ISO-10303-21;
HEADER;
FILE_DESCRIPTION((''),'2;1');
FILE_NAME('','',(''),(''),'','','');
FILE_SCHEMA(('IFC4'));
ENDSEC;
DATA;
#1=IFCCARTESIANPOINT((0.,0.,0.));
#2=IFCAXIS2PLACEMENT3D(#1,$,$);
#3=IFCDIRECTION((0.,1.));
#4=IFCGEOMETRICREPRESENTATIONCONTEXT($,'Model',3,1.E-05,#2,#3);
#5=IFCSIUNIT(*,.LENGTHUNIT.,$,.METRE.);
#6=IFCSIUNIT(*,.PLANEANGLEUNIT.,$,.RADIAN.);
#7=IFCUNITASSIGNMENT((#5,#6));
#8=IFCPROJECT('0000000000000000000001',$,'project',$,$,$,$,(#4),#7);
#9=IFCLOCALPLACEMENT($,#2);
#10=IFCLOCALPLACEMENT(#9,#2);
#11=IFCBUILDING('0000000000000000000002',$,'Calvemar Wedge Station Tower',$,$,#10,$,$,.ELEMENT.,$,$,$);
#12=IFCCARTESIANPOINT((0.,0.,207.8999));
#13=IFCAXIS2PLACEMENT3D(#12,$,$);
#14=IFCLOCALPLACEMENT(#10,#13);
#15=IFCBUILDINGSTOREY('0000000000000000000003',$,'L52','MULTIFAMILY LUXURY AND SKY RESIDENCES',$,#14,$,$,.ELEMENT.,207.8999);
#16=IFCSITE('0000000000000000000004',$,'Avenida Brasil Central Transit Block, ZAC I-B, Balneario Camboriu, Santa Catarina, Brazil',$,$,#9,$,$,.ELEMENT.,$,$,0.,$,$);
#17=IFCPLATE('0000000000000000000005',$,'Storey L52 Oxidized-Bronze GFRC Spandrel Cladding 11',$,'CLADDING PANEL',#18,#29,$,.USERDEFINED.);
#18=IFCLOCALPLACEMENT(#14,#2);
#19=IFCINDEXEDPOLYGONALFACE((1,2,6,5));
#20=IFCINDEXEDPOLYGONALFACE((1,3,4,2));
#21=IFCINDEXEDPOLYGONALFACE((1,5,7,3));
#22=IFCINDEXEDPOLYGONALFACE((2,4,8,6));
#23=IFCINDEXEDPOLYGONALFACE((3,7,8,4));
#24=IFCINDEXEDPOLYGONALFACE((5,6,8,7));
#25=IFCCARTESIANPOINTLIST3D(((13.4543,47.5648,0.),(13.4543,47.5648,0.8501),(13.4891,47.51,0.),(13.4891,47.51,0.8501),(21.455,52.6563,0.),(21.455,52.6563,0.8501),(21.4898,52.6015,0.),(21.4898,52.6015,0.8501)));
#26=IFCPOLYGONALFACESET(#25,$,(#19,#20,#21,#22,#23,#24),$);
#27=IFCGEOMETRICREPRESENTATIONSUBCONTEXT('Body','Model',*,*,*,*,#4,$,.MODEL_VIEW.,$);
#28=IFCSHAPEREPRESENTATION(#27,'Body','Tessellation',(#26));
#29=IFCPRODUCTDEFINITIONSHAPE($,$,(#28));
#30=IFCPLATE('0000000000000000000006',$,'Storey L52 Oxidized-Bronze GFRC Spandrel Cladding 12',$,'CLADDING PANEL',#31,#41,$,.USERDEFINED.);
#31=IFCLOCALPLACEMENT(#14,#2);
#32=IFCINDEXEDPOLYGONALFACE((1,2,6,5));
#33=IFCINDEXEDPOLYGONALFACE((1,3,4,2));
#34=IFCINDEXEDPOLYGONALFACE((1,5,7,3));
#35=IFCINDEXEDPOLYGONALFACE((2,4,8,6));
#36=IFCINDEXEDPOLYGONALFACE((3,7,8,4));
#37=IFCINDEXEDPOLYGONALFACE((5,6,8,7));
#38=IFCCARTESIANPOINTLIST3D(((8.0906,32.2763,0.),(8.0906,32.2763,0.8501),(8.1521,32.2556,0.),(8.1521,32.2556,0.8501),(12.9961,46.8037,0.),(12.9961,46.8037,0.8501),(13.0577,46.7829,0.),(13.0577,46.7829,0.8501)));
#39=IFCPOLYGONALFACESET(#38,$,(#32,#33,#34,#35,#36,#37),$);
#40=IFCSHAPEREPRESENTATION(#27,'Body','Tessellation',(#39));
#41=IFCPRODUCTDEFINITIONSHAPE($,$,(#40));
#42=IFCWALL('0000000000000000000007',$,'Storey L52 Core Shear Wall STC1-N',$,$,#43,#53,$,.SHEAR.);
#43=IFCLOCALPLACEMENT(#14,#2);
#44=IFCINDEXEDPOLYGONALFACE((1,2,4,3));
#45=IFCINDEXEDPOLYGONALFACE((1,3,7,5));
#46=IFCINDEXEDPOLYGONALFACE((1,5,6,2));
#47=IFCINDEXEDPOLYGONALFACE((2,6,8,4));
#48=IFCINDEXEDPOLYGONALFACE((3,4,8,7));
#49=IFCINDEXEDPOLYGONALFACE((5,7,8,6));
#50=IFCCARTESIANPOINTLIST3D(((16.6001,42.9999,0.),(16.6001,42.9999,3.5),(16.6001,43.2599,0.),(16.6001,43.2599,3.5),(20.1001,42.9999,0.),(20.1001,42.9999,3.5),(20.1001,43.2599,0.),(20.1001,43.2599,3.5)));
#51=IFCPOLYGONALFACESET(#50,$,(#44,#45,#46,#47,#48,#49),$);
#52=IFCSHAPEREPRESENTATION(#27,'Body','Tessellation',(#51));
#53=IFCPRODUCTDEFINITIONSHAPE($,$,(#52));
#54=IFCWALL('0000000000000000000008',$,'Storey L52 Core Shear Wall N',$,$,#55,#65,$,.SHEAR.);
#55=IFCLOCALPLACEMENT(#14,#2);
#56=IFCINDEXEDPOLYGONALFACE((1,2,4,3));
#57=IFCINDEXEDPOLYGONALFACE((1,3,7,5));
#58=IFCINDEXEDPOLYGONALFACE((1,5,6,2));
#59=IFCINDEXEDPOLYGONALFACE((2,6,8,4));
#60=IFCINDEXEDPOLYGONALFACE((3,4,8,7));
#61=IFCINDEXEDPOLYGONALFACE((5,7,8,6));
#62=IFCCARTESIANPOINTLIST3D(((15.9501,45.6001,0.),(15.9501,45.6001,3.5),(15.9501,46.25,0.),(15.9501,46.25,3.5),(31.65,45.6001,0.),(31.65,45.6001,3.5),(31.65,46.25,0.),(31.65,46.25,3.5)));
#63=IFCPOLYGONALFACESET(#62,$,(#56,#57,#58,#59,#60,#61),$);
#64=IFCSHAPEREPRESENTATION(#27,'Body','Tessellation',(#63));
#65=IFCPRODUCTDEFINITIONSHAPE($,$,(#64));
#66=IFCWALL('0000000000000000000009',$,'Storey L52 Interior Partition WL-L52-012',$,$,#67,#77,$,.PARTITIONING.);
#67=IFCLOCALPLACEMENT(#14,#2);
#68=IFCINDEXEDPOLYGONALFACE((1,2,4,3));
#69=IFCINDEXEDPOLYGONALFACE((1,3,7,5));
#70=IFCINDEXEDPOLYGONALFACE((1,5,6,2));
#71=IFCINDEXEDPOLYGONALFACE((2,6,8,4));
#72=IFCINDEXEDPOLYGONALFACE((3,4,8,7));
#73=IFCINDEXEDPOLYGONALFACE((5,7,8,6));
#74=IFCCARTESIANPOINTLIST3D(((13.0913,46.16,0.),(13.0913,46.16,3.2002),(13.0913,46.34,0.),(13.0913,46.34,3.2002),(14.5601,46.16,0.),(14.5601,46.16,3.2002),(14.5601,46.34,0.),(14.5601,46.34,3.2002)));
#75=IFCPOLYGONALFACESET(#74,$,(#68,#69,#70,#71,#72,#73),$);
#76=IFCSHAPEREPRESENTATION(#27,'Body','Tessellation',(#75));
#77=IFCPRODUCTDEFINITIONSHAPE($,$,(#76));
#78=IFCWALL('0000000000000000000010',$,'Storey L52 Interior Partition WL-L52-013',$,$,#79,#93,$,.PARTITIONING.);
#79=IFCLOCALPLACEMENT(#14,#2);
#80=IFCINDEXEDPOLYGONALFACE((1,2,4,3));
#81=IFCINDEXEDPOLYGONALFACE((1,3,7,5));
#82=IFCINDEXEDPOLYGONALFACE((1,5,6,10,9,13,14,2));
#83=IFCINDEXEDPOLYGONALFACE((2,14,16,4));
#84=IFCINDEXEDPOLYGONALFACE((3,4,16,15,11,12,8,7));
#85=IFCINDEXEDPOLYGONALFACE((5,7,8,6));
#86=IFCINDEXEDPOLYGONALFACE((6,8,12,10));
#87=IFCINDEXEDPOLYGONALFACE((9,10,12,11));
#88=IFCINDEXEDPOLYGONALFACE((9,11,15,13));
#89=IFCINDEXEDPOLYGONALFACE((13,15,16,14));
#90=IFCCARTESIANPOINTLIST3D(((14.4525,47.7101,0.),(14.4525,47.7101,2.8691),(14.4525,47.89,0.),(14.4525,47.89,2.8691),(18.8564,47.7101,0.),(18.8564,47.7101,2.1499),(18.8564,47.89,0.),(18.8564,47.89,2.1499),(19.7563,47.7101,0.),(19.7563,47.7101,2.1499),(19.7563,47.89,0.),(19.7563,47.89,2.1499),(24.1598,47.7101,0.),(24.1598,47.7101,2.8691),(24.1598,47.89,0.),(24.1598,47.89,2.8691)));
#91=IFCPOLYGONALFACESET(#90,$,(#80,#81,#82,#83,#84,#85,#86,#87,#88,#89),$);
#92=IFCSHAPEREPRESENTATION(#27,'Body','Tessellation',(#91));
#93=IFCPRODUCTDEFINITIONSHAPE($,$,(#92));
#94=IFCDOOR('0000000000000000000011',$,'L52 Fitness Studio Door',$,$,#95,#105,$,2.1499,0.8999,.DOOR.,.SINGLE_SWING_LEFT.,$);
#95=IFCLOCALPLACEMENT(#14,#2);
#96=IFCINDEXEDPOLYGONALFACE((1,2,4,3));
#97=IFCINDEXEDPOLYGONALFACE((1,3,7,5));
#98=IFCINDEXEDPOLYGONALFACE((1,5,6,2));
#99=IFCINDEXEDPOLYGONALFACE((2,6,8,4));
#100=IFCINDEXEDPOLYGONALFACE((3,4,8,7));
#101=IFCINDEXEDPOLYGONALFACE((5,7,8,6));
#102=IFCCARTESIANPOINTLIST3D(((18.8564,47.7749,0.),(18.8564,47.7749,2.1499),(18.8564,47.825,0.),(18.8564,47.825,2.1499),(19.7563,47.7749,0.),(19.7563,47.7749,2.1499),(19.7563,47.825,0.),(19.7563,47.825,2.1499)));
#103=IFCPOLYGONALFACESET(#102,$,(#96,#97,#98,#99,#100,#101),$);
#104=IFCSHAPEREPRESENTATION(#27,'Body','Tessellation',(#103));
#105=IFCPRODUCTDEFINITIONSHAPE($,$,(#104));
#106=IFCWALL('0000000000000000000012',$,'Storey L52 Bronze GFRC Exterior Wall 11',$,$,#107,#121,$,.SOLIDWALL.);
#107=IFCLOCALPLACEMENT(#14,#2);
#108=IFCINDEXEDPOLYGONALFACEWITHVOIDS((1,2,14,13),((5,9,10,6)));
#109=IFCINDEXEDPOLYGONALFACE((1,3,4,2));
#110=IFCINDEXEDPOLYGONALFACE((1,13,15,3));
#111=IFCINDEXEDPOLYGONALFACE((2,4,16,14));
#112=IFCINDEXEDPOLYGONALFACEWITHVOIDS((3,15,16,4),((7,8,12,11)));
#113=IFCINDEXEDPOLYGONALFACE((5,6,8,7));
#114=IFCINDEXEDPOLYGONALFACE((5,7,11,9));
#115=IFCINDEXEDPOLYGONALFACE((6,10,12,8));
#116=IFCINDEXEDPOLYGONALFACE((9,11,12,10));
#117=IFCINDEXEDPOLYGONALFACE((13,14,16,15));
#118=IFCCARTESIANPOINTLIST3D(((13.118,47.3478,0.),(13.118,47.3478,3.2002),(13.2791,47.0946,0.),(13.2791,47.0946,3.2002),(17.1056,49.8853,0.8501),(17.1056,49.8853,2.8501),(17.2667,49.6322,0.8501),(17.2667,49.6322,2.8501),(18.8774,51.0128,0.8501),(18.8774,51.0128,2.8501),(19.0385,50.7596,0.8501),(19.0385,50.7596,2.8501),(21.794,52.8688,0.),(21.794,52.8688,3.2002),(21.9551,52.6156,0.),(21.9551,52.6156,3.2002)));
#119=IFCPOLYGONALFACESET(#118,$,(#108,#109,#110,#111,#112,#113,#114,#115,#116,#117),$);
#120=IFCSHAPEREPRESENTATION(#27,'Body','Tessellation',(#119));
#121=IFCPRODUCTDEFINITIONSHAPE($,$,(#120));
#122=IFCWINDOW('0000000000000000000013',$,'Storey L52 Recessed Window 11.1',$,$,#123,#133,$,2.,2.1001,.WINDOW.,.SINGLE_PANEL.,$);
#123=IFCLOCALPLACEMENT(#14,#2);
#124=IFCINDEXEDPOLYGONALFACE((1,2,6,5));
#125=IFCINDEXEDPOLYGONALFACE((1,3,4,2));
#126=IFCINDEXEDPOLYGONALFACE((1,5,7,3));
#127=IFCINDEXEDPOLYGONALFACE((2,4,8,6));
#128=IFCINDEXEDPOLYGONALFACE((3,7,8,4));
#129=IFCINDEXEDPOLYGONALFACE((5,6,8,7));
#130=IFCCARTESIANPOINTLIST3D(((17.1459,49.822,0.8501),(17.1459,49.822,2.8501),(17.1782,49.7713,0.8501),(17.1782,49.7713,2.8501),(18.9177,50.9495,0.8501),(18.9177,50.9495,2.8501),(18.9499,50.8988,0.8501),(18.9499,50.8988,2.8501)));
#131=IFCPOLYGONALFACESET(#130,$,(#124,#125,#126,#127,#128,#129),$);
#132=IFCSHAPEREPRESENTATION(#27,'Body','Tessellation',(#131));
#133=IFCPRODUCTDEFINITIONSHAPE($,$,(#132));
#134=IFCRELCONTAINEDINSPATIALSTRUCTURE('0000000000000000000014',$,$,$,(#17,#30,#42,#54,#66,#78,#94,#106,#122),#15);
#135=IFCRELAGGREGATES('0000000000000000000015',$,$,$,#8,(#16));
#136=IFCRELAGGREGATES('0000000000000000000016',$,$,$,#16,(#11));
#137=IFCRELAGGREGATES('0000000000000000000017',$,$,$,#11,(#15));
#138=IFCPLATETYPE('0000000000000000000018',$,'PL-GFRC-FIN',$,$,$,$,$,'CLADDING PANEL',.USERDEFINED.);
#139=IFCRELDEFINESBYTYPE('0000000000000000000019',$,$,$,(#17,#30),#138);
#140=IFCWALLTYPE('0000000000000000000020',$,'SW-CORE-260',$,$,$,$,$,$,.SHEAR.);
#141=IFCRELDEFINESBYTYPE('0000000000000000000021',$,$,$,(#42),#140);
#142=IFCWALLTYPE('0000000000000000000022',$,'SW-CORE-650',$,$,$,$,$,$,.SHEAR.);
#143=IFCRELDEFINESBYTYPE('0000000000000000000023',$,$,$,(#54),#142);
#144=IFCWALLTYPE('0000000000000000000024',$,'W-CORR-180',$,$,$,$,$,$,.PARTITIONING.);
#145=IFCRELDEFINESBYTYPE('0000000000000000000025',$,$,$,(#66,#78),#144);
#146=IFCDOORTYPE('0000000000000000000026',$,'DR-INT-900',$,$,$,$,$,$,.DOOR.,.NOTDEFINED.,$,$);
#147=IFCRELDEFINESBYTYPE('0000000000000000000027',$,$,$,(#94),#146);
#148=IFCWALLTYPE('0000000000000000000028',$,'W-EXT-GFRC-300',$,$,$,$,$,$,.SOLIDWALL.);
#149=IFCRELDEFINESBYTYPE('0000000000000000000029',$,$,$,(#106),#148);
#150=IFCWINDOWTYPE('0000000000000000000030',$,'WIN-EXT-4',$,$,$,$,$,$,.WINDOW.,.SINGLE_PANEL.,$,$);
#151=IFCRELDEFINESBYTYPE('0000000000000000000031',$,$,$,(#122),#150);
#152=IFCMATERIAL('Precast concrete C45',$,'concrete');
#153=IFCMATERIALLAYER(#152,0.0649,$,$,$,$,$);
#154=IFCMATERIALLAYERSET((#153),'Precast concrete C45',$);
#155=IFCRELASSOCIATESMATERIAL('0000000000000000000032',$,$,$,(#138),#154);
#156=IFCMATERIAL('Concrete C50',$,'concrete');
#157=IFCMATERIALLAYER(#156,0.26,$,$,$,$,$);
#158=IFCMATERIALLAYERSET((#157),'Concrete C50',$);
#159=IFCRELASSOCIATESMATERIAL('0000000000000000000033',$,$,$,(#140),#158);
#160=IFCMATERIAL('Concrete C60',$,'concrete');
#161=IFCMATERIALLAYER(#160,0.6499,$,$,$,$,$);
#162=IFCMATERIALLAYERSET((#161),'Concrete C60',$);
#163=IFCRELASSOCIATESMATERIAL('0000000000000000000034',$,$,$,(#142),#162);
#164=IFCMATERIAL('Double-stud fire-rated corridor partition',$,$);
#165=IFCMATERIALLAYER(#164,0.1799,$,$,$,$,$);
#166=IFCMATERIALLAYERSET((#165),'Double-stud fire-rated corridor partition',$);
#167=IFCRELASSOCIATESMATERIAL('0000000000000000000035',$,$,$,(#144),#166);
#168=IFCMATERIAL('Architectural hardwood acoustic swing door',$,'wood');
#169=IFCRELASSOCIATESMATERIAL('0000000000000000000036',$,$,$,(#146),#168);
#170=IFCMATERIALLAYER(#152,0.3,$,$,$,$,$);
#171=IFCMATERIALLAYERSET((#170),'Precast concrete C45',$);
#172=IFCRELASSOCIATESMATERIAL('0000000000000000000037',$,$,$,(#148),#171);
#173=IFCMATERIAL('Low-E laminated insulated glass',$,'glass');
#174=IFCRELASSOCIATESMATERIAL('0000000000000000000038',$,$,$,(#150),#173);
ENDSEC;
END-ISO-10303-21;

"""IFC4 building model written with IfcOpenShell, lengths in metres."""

from ifc_helpers import new_model, si_unit, direction, frame, frame_2d, origin, place, context, subcontext, project, spatial, rectangle, extrude, source, transform, mapped, material, layer, layer_set, type_object, element, fill, save


model = new_model("IFC4")

# Units and contexts
model_context = context("Model", 3, precision=1e-05, world=origin(), true_north=direction((0.0, 1.0)))
body_context = subcontext(model_context, "Body", "Model", "MODEL_VIEW")
ifc_project = project(units=[si_unit("LENGTHUNIT", "METRE"), si_unit("PLANEANGLEUNIT", "RADIAN")], contexts=[model_context])

# Site, building, storey
site_placement = place(None, origin())
site = spatial("IfcSite", under=ifc_project, at=site_placement, Name="Avenida Brasil Central Transit Block, ZAC I-B, Balneario Camboriu, Santa Catarina, Brazil", CompositionType="ELEMENT", RefElevation=0.0)
building_placement = place(site_placement, origin())
building = spatial("IfcBuilding", under=site, at=building_placement, Name="Calvemar Wedge Station Tower", CompositionType="ELEMENT")
storey_placement = place(building_placement, frame((0.0, 0.0, 207.8999)))
storey = spatial("IfcBuildingStorey", under=building, at=storey_placement, Name="L52", Description="MULTIFAMILY LUXURY AND SKY RESIDENCES", CompositionType="ELEMENT", Elevation=207.8999)

# Plates
ifc_material_1 = material(Name="Precast concrete C45", Category="concrete")
ifc_layer_1 = layer(ifc_material_1, 0.0649)
ifc_layer_set_1 = layer_set([ifc_layer_1], Name="Precast concrete C45")
plate_type = type_object("IfcPlateType", Name="PL-GFRC-FIN", ElementType="CLADDING PANEL", PredefinedType="USERDEFINED", material=ifc_layer_set_1)
plate_1_placement = place(storey_placement, frame((21.4724, 52.6289, 0.0), z_axis=(0.0, 0.0, 1.0), x_axis=(-0.843653, -0.536889, 0.0)))
element("IfcPlate", 1, at=plate_1_placement, inside=storey, type_object=plate_type, Name="Storey L52 Oxidized-Bronze GFRC Spandrel Cladding 11", ObjectType="CLADDING PANEL", PredefinedType="USERDEFINED", context=body_context, shape_type="SweptSolid", body=[
    extrude(rectangle(XDim=9.4834, YDim=0.0649, at=frame_2d((4.7417, 0.0))), origin(), (0.0, 0.0, 1.0), 0.8501),
])
plate_2_placement = place(storey_placement, frame((13.0269, 46.7932, 0.0), z_axis=(0.0, 0.0, 1.0), x_axis=(-0.319927, -0.947442, 0.0)))
element("IfcPlate", 2, at=plate_2_placement, inside=storey, type_object=plate_type, Name="Storey L52 Oxidized-Bronze GFRC Spandrel Cladding 12", ObjectType="CLADDING PANEL", PredefinedType="USERDEFINED", context=body_context, shape_type="SweptSolid", body=[
    extrude(rectangle(XDim=15.3333, YDim=0.0649, at=frame_2d((7.6665, 0.0))), origin(), (0.0, 0.0, 1.0), 0.8501),
])

# Walls
ifc_material_2 = material(Name="Concrete C50", Category="concrete")
ifc_layer_2 = layer(ifc_material_2, 0.26)
ifc_layer_set_2 = layer_set([ifc_layer_2], Name="Concrete C50")
wall_type_1 = type_object("IfcWallType", Name="SW-CORE-260", PredefinedType="SHEAR", material=ifc_layer_set_2)
wall_1_placement = place(storey_placement, frame((16.6001, 43.1299, 0.0), z_axis=(0.0, 0.0, 1.0), x_axis=(1.0, 0.0, 0.0)))
element("IfcWall", 3, at=wall_1_placement, inside=storey, type_object=wall_type_1, Name="Storey L52 Core Shear Wall STC1-N", PredefinedType="SHEAR", context=body_context, shape_type="SweptSolid", body=[
    extrude(rectangle(XDim=3.5, YDim=0.26, at=frame_2d((1.75, 0.0))), origin(), (0.0, 0.0, 1.0), 3.5),
])
ifc_material_3 = material(Name="Concrete C60", Category="concrete")
ifc_layer_3 = layer(ifc_material_3, 0.6499)
ifc_layer_set_3 = layer_set([ifc_layer_3], Name="Concrete C60")
wall_type_2 = type_object("IfcWallType", Name="SW-CORE-650", PredefinedType="SHEAR", material=ifc_layer_set_3)
wall_2_placement = place(storey_placement, frame((15.95, 45.925, 0.0), z_axis=(0.0, 0.0, 1.0), x_axis=(1.0, 0.0, 0.0)))
element("IfcWall", 4, at=wall_2_placement, inside=storey, type_object=wall_type_2, Name="Storey L52 Core Shear Wall N", PredefinedType="SHEAR", context=body_context, shape_type="SweptSolid", body=[
    extrude(rectangle(XDim=15.7, YDim=0.6499, at=frame_2d((7.8501, 0.0))), origin(), (0.0, 0.0, 1.0), 3.5),
])

# Shared definitions
ifc_material_4 = material(Name="Double-stud fire-rated corridor partition")
ifc_layer_4 = layer(ifc_material_4, 0.1799)
ifc_layer_set_4 = layer_set([ifc_layer_4], Name="Double-stud fire-rated corridor partition")
wall_type_3 = type_object("IfcWallType", Name="W-CORR-180", PredefinedType="PARTITIONING", material=ifc_layer_set_4)

# Wall
wall_3_placement = place(storey_placement, frame((14.5601, 46.25, 0.0), z_axis=(0.0, 0.0, 1.0), x_axis=(-1.0, 0.0, 0.0)))
element("IfcWall", 5, at=wall_3_placement, inside=storey, type_object=wall_type_3, Name="Storey L52 Interior Partition WL-L52-012", PredefinedType="PARTITIONING", context=body_context, shape_type="SweptSolid", body=[
    extrude(rectangle(XDim=1.4688, YDim=0.1799, at=frame_2d((0.7344, 0.0))), origin(), (0.0, 0.0, 1.0), 3.2002),
])

# Wall, opening, door
wall_4_placement = place(storey_placement, frame((14.4526, 47.8, 0.0), z_axis=(0.0, 0.0, 1.0), x_axis=(1.0, 0.0, 0.0)))
wall_4 = element("IfcWall", 6, at=wall_4_placement, inside=storey, type_object=wall_type_3, Name="Storey L52 Interior Partition WL-L52-013", PredefinedType="PARTITIONING", context=body_context, shape_type="SweptSolid", body=[
    extrude(rectangle(XDim=9.7073, YDim=0.1799, at=frame_2d((4.8535, 0.0))), origin(), (0.0, 0.0, 1.0), 2.8691),
])
shared_shape_1 = source(origin(), body_context, "Body", "SweptSolid", [
    extrude(rectangle(XDim=0.8999, YDim=2.1499, at=frame_2d((0.45, 1.075))), frame((0.0, 0.1001, 0.0), z_axis=(0.0, -1.0, 0.0), x_axis=(1.0, 0.0, 0.0)), (0.0, 0.0, 1.0), 0.2),
])
opening_1_placement = place(wall_4_placement, frame((4.4038, 0.0, 0.0)))
opening_1 = element("IfcOpeningElement", 7, at=opening_1_placement, cuts=wall_4, PredefinedType="OPENING", context=body_context, shape_type="MappedRepresentation", body=[
    mapped(shared_shape_1, transform((0.0, 0.0, 0.0), scale=1.0)),
])
ifc_material_5 = material(Name="Architectural hardwood acoustic swing door", Category="wood")
door_type_1 = type_object("IfcDoorType", Name="DR-INT-900", OperationType="NOTDEFINED", PredefinedType="DOOR", material=ifc_material_5)
shared_shape_2 = source(origin(), body_context, "Body", "SweptSolid", [
    extrude(rectangle(XDim=0.8999, YDim=2.1499, at=frame_2d((0.45, 1.075))), frame((0.0, 0.0249, 0.0), z_axis=(0.0, -1.0, 0.0), x_axis=(1.0, 0.0, 0.0)), (0.0, 0.0, 1.0), 0.05),
])
door_1_placement = place(opening_1_placement, origin())
door_1 = element("IfcDoor", 8, at=door_1_placement, inside=storey, type_object=door_type_1, Name="L52 Fitness Studio Door", OperationType="SINGLE_SWING_LEFT", OverallHeight=2.1499, OverallWidth=0.8999, PredefinedType="DOOR", context=body_context, shape_type="MappedRepresentation", body=[
    mapped(shared_shape_2, transform((0.0, 0.0, 0.0), scale=1.0)),
])
fill(opening_1, door_1)

# Wall, opening, window
ifc_layer_5 = layer(ifc_material_1, 0.3)
ifc_layer_set_5 = layer_set([ifc_layer_5], Name="Precast concrete C45")
wall_type_4 = type_object("IfcWallType", Name="W-EXT-GFRC-300", PredefinedType="SOLIDWALL", material=ifc_layer_set_5)
wall_5_placement = place(storey_placement, frame((21.8745, 52.7422, 0.0), z_axis=(0.0, 0.0, 1.0), x_axis=(-0.843666, -0.536868, 0.0)))
wall_5 = element("IfcWall", 9, at=wall_5_placement, inside=storey, type_object=wall_type_4, Name="Storey L52 Bronze GFRC Exterior Wall 11", PredefinedType="SOLIDWALL", context=body_context, shape_type="SweptSolid", body=[
    extrude(rectangle(XDim=10.2837, YDim=0.3, at=frame_2d((5.1418, 0.0))), origin(), (0.0, 0.0, 1.0), 3.2002),
])
shared_shape_3 = source(origin(), body_context, "Body", "SweptSolid", [
    extrude(rectangle(XDim=2.1001, YDim=2.0, at=frame_2d((1.05, 1.0))), frame((0.0, 0.1602, 0.0), z_axis=(0.0, -1.0, 0.0), x_axis=(1.0, 0.0, 0.0)), (0.0, 0.0, 1.0), 0.3201),
])
opening_2_placement = place(wall_5_placement, frame((3.457, 0.0, 0.8501)))
opening_2 = element("IfcOpeningElement", 10, at=opening_2_placement, cuts=wall_5, PredefinedType="OPENING", context=body_context, shape_type="MappedRepresentation", body=[
    mapped(shared_shape_3, transform((0.0, 0.0, 0.0), scale=1.0)),
])
ifc_material_6 = material(Name="Low-E laminated insulated glass", Category="glass")
window_type_1 = type_object("IfcWindowType", Name="WIN-EXT-4", PartitioningType="SINGLE_PANEL", PredefinedType="WINDOW", material=ifc_material_6)
shared_shape_4 = source(origin(), body_context, "Body", "SweptSolid", [
    extrude(rectangle(XDim=2.1001, YDim=2.0, at=frame_2d((1.05, 1.0))), frame((0.0, -0.0149, 0.0), z_axis=(0.0, -1.0, 0.0), x_axis=(1.0, 0.0, 0.0)), (0.0, 0.0, 1.0), 0.0601),
])
window_1_placement = place(opening_2_placement, origin())
window_1 = element("IfcWindow", 11, at=window_1_placement, inside=storey, type_object=window_type_1, Name="Storey L52 Recessed Window 11.1", OverallHeight=2.0, OverallWidth=2.1001, PartitioningType="SINGLE_PANEL", PredefinedType="WINDOW", context=body_context, shape_type="MappedRepresentation", body=[
    mapped(shared_shape_4, transform((0.0, 0.0, 0.0), scale=1.0)),
])
fill(opening_2, window_1)

save(model, "model.ifc")
